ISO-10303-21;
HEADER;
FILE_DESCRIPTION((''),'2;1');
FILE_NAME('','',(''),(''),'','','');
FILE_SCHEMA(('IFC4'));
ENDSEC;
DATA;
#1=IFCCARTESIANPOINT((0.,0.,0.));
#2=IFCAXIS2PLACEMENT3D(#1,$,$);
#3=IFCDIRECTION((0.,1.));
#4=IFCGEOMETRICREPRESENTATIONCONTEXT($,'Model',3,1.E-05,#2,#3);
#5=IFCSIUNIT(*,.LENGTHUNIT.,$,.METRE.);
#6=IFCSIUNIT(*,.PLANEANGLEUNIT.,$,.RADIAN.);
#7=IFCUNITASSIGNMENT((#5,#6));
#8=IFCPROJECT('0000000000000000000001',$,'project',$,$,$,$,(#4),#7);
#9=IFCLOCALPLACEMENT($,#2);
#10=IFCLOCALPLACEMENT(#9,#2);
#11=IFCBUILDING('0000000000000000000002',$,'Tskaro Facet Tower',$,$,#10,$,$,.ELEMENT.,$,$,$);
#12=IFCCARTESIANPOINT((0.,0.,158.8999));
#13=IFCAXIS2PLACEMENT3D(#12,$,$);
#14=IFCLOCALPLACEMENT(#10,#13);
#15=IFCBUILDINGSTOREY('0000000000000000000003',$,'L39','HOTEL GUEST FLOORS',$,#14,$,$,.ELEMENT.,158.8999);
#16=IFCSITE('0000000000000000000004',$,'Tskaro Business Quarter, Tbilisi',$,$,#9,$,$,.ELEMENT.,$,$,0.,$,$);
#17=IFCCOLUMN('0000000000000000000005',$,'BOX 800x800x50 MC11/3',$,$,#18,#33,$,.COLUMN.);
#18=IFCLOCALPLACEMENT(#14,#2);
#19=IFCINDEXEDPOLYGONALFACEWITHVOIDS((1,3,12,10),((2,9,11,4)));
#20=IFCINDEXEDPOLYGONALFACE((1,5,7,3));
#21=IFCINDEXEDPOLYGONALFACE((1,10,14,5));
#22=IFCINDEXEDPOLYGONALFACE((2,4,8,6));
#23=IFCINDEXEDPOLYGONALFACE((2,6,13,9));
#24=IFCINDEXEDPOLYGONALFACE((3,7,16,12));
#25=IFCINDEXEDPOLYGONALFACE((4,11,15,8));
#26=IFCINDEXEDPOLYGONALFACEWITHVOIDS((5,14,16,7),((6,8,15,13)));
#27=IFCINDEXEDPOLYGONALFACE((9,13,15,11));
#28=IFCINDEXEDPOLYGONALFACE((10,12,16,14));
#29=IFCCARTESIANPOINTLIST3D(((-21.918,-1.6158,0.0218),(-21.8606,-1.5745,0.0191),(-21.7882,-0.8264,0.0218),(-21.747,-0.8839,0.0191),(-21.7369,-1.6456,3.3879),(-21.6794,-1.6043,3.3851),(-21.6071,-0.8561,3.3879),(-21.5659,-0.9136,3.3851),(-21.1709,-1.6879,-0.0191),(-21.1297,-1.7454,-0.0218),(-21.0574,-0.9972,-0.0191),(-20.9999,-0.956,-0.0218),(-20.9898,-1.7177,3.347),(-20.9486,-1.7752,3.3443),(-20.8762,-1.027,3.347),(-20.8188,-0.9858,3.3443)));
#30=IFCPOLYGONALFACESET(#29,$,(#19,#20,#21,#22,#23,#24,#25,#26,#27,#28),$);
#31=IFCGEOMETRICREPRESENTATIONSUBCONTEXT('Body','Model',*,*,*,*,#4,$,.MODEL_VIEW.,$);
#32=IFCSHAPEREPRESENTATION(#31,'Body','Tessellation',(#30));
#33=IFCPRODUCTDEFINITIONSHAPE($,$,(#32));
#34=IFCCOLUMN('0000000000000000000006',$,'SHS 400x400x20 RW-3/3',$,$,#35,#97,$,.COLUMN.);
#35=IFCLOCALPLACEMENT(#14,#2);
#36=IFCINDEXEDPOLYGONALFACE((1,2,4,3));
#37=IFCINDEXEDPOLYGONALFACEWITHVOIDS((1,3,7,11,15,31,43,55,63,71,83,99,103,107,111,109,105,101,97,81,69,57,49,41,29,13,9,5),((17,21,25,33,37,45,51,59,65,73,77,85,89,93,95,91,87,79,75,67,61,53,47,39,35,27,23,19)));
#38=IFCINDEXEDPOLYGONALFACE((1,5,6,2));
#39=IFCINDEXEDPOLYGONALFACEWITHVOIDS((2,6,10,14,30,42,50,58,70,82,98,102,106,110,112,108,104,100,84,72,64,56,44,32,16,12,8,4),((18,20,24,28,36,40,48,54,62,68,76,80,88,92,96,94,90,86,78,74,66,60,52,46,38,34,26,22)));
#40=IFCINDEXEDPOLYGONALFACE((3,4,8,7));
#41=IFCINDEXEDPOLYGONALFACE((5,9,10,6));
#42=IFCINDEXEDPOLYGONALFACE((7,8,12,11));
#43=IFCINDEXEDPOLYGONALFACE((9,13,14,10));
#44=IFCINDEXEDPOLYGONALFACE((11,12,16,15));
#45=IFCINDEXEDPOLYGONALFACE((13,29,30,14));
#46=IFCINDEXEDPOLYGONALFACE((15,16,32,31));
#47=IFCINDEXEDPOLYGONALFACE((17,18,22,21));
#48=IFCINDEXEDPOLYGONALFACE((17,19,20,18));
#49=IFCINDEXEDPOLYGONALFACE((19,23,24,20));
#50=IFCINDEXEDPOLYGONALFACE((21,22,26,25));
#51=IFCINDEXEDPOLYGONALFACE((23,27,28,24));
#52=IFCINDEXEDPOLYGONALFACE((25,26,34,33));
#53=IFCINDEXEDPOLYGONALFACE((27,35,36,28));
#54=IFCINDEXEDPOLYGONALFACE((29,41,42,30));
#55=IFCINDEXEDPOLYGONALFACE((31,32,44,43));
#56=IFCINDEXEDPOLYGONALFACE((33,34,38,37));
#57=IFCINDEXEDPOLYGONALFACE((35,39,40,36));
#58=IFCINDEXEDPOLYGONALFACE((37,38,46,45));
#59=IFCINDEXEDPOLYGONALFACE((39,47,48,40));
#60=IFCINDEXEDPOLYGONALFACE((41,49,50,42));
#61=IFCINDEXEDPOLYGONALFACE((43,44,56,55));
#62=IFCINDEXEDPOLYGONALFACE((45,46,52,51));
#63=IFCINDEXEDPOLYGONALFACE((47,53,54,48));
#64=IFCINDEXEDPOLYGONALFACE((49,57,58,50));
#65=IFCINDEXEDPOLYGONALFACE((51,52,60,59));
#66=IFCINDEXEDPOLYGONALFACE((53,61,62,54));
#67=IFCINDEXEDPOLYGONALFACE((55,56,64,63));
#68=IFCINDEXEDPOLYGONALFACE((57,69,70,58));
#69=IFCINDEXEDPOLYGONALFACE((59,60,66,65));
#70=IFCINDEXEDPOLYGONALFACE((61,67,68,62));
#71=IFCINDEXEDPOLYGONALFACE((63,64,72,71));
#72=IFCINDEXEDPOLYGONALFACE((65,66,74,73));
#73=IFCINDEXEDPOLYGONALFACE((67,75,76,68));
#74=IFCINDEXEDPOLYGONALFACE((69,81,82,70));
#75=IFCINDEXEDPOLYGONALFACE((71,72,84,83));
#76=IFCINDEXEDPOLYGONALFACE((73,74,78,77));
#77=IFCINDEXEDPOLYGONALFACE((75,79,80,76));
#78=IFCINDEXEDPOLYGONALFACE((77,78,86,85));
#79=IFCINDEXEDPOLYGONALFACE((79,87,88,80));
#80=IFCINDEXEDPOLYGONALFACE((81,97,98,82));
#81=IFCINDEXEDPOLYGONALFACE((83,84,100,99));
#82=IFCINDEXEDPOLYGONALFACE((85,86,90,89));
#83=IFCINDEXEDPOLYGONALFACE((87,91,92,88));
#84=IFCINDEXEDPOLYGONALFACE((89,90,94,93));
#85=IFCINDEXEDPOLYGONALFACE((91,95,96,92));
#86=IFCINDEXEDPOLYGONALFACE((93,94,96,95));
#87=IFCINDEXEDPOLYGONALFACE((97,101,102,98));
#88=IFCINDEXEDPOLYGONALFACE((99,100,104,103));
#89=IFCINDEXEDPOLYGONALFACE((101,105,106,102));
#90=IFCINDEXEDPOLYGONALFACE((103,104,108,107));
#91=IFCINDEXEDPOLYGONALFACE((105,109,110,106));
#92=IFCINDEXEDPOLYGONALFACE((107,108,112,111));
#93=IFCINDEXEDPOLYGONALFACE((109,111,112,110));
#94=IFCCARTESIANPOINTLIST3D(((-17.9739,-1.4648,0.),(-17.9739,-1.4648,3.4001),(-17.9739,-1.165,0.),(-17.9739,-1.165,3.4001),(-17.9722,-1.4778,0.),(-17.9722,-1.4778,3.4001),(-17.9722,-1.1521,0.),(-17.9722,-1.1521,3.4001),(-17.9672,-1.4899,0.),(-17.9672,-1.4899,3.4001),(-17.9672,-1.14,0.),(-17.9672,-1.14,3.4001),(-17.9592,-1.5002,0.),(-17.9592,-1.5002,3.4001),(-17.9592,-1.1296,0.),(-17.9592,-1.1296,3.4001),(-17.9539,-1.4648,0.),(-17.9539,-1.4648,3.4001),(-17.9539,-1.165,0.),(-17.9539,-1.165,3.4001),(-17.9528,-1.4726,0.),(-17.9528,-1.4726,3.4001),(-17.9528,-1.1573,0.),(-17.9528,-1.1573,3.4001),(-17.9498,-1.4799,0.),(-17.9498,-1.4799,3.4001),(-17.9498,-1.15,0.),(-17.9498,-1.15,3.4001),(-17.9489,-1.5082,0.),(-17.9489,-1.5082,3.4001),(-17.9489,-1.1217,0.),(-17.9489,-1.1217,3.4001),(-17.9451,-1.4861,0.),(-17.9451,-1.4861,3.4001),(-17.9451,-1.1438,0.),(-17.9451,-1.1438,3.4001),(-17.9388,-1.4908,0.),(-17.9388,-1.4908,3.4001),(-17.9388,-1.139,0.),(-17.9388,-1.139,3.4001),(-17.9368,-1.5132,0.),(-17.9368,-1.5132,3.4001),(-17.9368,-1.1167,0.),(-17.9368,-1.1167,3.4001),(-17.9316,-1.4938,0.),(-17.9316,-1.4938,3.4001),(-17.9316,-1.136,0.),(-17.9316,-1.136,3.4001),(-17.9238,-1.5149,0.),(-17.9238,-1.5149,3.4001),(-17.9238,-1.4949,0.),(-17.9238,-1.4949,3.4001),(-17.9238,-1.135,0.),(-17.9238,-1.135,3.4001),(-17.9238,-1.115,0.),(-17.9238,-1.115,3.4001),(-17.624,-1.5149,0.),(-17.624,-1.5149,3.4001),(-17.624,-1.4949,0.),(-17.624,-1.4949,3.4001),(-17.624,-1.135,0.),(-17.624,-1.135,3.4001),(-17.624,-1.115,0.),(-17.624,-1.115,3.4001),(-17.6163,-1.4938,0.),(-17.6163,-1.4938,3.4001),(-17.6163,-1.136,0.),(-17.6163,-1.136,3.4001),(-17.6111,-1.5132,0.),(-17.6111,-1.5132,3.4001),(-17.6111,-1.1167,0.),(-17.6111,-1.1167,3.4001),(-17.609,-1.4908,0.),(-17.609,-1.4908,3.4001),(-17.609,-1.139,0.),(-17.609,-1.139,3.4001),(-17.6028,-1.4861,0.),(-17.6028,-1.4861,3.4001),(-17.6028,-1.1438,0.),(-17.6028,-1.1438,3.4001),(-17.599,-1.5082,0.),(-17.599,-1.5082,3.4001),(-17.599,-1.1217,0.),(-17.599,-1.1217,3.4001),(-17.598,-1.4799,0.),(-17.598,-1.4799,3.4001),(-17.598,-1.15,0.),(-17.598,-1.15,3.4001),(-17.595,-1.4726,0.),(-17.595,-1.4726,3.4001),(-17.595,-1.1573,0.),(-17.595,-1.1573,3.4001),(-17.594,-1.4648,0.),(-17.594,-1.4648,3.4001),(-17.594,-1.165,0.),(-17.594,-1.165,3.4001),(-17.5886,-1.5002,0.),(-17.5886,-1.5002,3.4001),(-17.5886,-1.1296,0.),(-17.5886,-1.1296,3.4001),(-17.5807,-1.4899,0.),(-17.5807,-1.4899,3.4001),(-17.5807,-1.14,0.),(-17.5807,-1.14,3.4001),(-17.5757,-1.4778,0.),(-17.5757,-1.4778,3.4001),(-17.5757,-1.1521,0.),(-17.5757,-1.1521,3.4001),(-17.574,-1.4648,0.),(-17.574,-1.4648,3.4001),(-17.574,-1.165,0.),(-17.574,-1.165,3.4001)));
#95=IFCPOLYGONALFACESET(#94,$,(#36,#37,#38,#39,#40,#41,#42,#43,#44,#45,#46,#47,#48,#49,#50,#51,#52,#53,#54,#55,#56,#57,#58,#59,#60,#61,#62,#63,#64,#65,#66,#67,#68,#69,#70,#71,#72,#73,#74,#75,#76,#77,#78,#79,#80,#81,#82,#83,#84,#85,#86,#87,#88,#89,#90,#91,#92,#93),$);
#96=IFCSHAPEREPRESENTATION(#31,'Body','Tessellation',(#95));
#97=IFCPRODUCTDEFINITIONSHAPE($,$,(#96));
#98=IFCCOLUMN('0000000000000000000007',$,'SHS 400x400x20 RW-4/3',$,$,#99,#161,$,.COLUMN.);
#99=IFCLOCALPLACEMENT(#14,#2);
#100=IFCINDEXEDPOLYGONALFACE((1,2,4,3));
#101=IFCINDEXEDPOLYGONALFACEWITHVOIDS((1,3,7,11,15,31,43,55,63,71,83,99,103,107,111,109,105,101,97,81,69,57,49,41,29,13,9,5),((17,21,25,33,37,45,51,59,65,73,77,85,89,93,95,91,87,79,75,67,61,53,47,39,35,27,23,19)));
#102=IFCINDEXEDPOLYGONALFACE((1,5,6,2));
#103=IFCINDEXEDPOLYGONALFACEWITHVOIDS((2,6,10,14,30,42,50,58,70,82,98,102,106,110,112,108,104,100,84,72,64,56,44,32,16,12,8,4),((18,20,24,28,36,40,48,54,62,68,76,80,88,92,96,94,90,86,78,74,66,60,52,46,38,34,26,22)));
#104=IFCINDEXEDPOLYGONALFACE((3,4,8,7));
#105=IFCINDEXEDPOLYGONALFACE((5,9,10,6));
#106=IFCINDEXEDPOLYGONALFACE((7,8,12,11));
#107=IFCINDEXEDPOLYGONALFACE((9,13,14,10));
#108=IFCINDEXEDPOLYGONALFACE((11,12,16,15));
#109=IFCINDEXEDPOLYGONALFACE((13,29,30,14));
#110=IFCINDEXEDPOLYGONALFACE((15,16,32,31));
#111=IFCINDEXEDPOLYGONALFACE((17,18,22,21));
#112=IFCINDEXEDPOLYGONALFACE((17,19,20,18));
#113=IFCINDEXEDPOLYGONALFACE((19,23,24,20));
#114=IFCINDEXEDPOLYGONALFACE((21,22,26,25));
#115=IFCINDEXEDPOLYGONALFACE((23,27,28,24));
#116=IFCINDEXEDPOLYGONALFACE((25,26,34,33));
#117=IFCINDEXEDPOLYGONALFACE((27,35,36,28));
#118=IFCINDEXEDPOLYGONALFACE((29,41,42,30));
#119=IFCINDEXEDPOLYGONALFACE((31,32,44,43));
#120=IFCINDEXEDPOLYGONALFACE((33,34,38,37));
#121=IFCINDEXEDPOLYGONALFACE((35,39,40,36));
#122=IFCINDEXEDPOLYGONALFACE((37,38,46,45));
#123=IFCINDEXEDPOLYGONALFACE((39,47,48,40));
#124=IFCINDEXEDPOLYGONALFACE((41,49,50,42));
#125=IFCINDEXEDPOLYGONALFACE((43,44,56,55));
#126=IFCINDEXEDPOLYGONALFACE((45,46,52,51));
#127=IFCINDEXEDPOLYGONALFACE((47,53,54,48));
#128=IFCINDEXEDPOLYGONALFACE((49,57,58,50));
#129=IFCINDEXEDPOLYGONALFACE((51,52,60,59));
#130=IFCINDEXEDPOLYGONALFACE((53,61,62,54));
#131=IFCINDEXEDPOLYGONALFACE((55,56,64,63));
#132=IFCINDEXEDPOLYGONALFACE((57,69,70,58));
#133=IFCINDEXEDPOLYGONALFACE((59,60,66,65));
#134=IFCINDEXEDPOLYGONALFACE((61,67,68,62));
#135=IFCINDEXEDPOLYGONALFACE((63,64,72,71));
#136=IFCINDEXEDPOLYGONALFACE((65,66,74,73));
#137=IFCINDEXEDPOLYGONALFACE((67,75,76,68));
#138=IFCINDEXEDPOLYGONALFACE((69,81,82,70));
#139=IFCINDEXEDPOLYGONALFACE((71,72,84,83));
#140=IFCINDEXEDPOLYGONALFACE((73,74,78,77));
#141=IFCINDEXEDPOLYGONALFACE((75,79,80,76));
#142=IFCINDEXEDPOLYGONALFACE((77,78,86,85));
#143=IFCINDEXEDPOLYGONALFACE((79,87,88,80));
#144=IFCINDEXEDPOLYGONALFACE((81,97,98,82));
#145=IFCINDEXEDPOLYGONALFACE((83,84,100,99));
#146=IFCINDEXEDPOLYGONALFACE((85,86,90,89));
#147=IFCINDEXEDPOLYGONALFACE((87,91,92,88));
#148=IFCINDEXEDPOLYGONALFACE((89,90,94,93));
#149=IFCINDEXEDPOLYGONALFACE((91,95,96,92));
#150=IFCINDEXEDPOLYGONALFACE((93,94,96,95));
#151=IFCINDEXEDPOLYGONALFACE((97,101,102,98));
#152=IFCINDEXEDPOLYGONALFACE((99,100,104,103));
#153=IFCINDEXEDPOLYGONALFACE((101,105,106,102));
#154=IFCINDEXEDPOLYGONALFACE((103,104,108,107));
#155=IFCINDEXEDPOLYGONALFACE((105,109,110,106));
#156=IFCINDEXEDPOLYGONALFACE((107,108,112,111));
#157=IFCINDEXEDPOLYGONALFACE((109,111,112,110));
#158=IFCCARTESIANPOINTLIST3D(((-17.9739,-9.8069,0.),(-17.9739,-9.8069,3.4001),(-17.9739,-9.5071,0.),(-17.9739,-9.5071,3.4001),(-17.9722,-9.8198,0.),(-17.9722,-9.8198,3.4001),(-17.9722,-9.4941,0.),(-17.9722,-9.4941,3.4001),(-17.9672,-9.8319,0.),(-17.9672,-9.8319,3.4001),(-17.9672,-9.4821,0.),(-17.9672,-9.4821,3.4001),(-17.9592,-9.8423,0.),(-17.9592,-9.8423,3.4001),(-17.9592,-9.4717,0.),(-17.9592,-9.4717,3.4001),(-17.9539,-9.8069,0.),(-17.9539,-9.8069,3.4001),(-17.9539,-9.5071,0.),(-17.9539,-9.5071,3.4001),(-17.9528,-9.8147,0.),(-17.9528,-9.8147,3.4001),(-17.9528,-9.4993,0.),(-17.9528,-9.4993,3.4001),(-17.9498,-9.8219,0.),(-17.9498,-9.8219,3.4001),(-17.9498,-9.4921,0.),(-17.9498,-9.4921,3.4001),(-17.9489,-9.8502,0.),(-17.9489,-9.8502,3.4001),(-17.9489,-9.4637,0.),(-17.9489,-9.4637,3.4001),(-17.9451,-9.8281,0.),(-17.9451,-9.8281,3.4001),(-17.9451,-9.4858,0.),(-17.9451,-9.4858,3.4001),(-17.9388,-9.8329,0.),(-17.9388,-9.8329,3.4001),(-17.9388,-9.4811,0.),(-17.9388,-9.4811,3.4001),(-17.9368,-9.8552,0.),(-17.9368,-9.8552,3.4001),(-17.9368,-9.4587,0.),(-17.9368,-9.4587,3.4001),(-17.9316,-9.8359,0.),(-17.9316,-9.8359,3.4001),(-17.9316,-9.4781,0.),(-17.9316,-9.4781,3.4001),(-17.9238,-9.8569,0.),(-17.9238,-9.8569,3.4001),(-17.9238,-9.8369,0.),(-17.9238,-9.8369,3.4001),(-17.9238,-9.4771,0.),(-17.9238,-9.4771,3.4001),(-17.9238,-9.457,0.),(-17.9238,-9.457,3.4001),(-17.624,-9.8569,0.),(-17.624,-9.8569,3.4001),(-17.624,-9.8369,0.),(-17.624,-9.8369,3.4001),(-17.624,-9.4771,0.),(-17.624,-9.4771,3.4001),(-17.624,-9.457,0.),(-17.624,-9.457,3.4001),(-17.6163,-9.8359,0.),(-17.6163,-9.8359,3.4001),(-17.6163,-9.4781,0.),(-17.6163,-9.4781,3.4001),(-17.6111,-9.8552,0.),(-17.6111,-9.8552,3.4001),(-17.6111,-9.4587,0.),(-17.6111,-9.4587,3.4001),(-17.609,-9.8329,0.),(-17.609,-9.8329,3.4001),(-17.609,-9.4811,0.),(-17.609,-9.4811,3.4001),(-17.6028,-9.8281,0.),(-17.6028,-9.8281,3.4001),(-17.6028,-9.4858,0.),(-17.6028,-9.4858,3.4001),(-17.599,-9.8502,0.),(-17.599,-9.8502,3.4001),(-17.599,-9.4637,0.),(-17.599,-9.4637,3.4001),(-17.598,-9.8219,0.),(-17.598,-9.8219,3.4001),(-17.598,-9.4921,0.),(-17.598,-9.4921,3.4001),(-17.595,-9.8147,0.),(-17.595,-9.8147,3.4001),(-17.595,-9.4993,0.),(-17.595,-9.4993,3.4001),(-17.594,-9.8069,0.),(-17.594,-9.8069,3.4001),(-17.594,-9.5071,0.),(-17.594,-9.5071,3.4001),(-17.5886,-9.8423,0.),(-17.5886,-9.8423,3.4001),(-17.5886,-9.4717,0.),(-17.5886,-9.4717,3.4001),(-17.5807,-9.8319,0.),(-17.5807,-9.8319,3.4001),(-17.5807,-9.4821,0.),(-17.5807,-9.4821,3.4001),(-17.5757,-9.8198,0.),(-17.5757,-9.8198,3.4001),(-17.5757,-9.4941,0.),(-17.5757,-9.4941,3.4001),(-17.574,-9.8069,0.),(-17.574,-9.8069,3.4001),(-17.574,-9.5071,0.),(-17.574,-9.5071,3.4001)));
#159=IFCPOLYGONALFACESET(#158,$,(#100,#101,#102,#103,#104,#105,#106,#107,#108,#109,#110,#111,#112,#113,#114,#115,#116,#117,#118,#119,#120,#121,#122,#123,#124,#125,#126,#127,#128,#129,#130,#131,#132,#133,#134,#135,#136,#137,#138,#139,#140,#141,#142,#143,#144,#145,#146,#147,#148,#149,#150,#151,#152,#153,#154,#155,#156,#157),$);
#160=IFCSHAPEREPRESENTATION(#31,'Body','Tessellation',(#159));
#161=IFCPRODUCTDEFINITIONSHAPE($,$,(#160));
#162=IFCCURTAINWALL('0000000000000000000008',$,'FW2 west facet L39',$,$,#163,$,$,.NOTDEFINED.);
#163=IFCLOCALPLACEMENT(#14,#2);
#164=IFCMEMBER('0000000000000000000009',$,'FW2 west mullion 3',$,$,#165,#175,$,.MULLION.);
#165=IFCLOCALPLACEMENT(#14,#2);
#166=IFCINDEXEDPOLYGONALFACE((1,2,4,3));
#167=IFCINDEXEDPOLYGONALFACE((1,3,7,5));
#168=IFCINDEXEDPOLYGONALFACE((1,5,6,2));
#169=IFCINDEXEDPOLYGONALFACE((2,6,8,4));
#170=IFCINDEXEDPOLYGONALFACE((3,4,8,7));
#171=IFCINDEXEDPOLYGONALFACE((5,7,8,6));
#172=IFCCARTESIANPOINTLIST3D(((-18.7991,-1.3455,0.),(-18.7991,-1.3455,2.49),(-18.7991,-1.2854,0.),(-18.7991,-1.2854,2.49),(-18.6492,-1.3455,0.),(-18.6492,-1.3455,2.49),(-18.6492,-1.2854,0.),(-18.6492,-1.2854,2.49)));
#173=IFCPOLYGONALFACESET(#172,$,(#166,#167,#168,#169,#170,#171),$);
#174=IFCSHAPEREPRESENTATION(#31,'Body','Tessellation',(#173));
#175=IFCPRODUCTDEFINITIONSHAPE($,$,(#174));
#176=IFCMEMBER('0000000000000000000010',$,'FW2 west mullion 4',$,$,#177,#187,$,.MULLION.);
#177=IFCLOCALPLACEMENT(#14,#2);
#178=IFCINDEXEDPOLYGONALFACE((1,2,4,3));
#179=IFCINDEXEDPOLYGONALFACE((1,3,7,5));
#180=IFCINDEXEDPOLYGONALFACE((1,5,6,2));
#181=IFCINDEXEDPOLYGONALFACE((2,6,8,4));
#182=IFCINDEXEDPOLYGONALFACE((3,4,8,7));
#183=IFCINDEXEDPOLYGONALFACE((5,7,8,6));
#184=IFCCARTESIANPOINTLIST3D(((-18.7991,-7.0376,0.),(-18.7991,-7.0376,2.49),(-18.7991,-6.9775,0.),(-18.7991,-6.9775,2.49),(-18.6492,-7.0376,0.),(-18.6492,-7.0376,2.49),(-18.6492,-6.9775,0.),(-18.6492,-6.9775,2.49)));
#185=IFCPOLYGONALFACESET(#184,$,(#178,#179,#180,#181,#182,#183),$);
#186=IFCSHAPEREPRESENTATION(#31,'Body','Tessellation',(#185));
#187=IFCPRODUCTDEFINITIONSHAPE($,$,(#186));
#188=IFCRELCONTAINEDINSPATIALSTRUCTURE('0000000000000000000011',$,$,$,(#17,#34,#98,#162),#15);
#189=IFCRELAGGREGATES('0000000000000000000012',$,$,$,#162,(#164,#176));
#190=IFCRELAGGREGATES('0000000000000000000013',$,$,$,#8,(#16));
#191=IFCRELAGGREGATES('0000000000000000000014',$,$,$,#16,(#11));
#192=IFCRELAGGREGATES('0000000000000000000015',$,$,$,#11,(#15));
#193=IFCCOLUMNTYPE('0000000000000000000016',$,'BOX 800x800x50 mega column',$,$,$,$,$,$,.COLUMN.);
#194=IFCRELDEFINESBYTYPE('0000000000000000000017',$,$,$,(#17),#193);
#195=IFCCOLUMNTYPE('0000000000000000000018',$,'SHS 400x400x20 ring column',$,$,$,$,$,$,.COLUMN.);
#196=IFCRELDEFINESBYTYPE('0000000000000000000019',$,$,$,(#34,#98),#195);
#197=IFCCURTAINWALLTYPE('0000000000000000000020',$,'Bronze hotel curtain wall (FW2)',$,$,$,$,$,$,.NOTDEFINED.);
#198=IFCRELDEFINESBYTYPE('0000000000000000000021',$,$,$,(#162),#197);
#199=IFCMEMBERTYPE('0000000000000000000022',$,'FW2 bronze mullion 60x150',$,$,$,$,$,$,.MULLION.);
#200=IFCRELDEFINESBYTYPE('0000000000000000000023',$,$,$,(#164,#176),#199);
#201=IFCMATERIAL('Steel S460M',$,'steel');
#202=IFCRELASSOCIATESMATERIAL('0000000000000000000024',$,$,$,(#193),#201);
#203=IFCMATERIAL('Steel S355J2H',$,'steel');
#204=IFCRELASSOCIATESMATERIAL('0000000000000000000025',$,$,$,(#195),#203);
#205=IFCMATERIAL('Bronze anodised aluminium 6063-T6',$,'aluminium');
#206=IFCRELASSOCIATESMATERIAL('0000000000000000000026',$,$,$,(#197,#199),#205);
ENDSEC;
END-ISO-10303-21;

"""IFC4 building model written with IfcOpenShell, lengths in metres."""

from ifc_helpers import new_model, si_unit, direction, frame, origin, origin_2d, place, context, subcontext, project, spatial, rectangle, hollow_rectangle, extrude, material, material_profile, profile_set, type_object, element, aggregate, save


model = new_model("IFC4")

# Units and contexts
model_context = context("Model", 3, precision=1e-05, world=origin(), true_north=direction((0.0, 1.0)))
body_context = subcontext(model_context, "Body", "Model", "MODEL_VIEW")
ifc_project = project(units=[si_unit("LENGTHUNIT", "METRE"), si_unit("PLANEANGLEUNIT", "RADIAN")], contexts=[model_context])

# Site, building, storey
site_placement = place(None, origin())
site = spatial("IfcSite", under=ifc_project, at=site_placement, Name="Tskaro Business Quarter, Tbilisi", CompositionType="ELEMENT", RefElevation=0.0)
building_placement = place(site_placement, origin())
building = spatial("IfcBuilding", under=site, at=building_placement, Name="Tskaro Facet Tower", CompositionType="ELEMENT")
storey_placement = place(building_placement, frame((0.0, 0.0, 158.8999)))
storey = spatial("IfcBuildingStorey", under=building, at=storey_placement, Name="L39", Description="HOTEL GUEST FLOORS", CompositionType="ELEMENT", Elevation=158.8999)

# Columns
ifc_material_1 = material(Name="Steel S460M", Category="steel")
ifc_material_profile_1 = material_profile(ifc_material_1, hollow_rectangle(XDim=0.8, YDim=0.8, WallThickness=0.05, at=origin_2d()), Name="BOX 800x800x50")
ifc_profile_set_1 = profile_set([ifc_material_profile_1], Name="Steel S460M")
column_type_1 = type_object("IfcColumnType", Name="BOX 800x800x50 mega column", PredefinedType="COLUMN", material=ifc_profile_set_1)
column_placement = place(storey_placement, frame((-21.459, -1.2859, 0.0), z_axis=(0.053735, -0.008835, 0.998516), x_axis=(0.162242, 0.986751, 0.0)))
element("IfcColumn", 1, at=column_placement, inside=storey, type_object=column_type_1, Name="BOX 800x800x50 MC11/3", PredefinedType="COLUMN", context=body_context, shape_type="SweptSolid", body=[
    extrude(hollow_rectangle(XDim=0.8, YDim=0.8, WallThickness=0.05, at=origin_2d()), origin(), (0.0, 0.0, 1.0), 3.3711),
])
ifc_material_2 = material(Name="Steel S355J2H", Category="steel")
ifc_material_profile_2 = material_profile(ifc_material_2, hollow_rectangle(XDim=0.3999, YDim=0.3999, WallThickness=0.02, InnerFilletRadius=0.03, OuterFilletRadius=0.05, at=origin_2d()), Name="SHS 400x400x20")
ifc_profile_set_2 = profile_set([ifc_material_profile_2], Name="Steel S355J2H")
column_type_2 = type_object("IfcColumnType", Name="SHS 400x400x20 ring column", PredefinedType="COLUMN", material=ifc_profile_set_2)
for number, where, z_axis, x_axis, name in (
    (2, (-17.7739, -1.3149, 0.0), (0.0, 0.0, 1.0), (1.0, 0.0, 0.0), "SHS 400x400x20 RW-3/3"),
    (3, (-17.7739, -9.657, 0.0), (0.0, 0.0, 1.0), (1.0, 0.0, 0.0), "SHS 400x400x20 RW-4/3"),
):
    element("IfcColumn", number, at=place(storey_placement, frame(where, z_axis=z_axis, x_axis=x_axis)), inside=storey, type_object=column_type_2, Name=name, PredefinedType="COLUMN", context=body_context, shape_type="SweptSolid", body=[
        extrude(hollow_rectangle(XDim=0.3999, YDim=0.3999, WallThickness=0.02, InnerFilletRadius=0.03, OuterFilletRadius=0.05, at=origin_2d()), origin(), (0.0, 0.0, 1.0), 3.4001),
    ])

# Curtain wall, members
ifc_material_3 = material(Name="Bronze anodised aluminium 6063-T6", Category="aluminium")
curtain_wall_type = type_object("IfcCurtainWallType", Name="Bronze hotel curtain wall (FW2)", PredefinedType="NOTDEFINED", material=ifc_material_3)
curtain_wall_placement = place(storey_placement, origin())
curtain_wall = element("IfcCurtainWall", 4, at=curtain_wall_placement, inside=storey, type_object=curtain_wall_type, Name="FW2 west facet L39", PredefinedType="NOTDEFINED")
ifc_material_profile_3 = material_profile(ifc_material_3, rectangle(XDim=0.0601, YDim=0.1499, at=origin_2d()), Name="Mullion 60x150")
ifc_profile_set_3 = profile_set([ifc_material_profile_3], Name="Bronze anodised aluminium 6063-T6")
member_type_1 = type_object("IfcMemberType", Name="FW2 bronze mullion 60x150", PredefinedType="MULLION", material=ifc_profile_set_3)
member_1_placement = place(storey_placement, frame((-18.7241, -1.3154, 0.0), z_axis=(0.0, 0.0, 1.0), x_axis=(0.0, -1.0, 0.0)))
member_1 = element("IfcMember", 5, at=member_1_placement, type_object=member_type_1, Name="FW2 west mullion 3", PredefinedType="MULLION", context=body_context, shape_type="SweptSolid", body=[
    extrude(rectangle(XDim=0.0601, YDim=0.1499, at=origin_2d()), origin(), (0.0, 0.0, 1.0), 2.49),
])
member_2_placement = place(storey_placement, frame((-18.7241, -7.0076, 0.0), z_axis=(0.0, 0.0, 1.0), x_axis=(0.0, -1.0, 0.0)))
member_2 = element("IfcMember", 6, at=member_2_placement, type_object=member_type_1, Name="FW2 west mullion 4", PredefinedType="MULLION", context=body_context, shape_type="SweptSolid", body=[
    extrude(rectangle(XDim=0.0601, YDim=0.1499, at=origin_2d()), origin(), (0.0, 0.0, 1.0), 2.49),
])

aggregate(curtain_wall, [member_1, member_2])

save(model, "model.ifc")
